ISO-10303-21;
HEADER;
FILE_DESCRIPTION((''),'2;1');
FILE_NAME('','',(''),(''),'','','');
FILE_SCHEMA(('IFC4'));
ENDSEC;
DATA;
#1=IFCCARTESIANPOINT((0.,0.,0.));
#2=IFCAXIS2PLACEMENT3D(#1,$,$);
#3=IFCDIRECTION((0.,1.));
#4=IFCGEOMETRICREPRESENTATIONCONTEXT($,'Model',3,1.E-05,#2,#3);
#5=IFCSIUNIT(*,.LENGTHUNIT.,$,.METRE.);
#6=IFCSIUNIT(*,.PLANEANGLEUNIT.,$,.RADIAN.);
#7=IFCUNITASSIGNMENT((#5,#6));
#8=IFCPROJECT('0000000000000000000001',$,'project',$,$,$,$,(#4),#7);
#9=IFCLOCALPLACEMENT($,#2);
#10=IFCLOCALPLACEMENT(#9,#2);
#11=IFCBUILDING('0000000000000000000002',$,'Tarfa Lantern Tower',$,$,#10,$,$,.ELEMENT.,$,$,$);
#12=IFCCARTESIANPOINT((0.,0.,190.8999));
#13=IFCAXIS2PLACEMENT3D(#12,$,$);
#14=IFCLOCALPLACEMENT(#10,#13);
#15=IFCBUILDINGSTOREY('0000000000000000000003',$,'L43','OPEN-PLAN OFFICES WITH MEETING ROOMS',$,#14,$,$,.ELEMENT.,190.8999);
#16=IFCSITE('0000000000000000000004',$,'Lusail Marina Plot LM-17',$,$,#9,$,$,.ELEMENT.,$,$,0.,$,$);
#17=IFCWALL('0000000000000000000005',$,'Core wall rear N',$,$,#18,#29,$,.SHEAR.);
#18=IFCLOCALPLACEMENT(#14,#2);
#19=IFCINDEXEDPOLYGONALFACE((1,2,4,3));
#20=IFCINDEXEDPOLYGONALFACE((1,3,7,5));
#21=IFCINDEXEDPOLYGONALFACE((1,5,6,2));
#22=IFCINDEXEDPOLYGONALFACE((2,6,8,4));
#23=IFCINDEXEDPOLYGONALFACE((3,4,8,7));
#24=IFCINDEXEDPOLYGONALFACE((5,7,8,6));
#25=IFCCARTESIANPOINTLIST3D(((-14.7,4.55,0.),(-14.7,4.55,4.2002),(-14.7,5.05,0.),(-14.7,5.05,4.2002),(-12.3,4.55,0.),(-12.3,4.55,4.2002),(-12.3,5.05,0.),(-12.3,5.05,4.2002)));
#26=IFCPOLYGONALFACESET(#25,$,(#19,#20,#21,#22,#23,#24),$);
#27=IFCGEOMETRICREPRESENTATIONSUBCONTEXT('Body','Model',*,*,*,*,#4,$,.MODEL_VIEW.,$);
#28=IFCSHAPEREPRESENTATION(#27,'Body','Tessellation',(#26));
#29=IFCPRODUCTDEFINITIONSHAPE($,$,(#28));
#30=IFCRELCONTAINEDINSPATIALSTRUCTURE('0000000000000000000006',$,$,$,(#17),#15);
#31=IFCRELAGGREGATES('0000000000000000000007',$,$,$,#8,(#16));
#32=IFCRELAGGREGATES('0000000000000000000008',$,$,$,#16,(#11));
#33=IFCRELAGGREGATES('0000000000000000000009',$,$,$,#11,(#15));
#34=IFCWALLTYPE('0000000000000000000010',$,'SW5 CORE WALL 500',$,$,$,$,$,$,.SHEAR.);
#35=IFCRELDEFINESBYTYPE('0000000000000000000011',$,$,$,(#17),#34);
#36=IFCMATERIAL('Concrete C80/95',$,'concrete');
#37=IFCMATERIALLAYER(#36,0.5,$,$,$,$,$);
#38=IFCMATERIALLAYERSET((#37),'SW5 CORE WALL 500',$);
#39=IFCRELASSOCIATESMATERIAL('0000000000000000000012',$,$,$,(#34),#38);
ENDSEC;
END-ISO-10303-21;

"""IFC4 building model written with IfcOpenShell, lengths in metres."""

from ifc_helpers import new_model, si_unit, direction, frame, frame_2d, origin, place, context, subcontext, project, spatial, rectangle, extrude, material, layer, layer_set, type_object, element, save


model = new_model("IFC4")

# Units and contexts
model_context = context("Model", 3, precision=1e-05, world=origin(), true_north=direction((0.0, 1.0)))
body_context = subcontext(model_context, "Body", "Model", "MODEL_VIEW")
ifc_project = project(units=[si_unit("LENGTHUNIT", "METRE"), si_unit("PLANEANGLEUNIT", "RADIAN")], contexts=[model_context])

# Site, building, storey
site_placement = place(None, origin())
site = spatial("IfcSite", under=ifc_project, at=site_placement, Name="Lusail Marina Plot LM-17", CompositionType="ELEMENT", RefElevation=0.0)
building_placement = place(site_placement, origin())
building = spatial("IfcBuilding", under=site, at=building_placement, Name="Tarfa Lantern Tower", CompositionType="ELEMENT")
storey_placement = place(building_placement, frame((0.0, 0.0, 190.8999)))
storey = spatial("IfcBuildingStorey", under=building, at=storey_placement, Name="L43", Description="OPEN-PLAN OFFICES WITH MEETING ROOMS", CompositionType="ELEMENT", Elevation=190.8999)

# Shared definitions
ifc_material_1 = material(Name="Concrete C80/95", Category="concrete")
ifc_layer_1 = layer(ifc_material_1, 0.5)
ifc_layer_set_1 = layer_set([ifc_layer_1], Name="SW5 CORE WALL 500")
wall_type_1 = type_object("IfcWallType", Name="SW5 CORE WALL 500", PredefinedType="SHEAR", material=ifc_layer_set_1)

# Wall
wall_1_placement = place(storey_placement, frame((-14.7, 4.8, 0.0), z_axis=(0.0, 0.0, 1.0), x_axis=(1.0, 0.0, 0.0)))
element("IfcWall", 1, at=wall_1_placement, inside=storey, type_object=wall_type_1, Name="Core wall rear N", PredefinedType="SHEAR", context=body_context, shape_type="SweptSolid", body=[
    extrude(rectangle(XDim=2.3999, YDim=0.5, at=frame_2d((1.2, 0.0))), origin(), (0.0, 0.0, 1.0), 4.2002),
])

save(model, "model.ifc")
